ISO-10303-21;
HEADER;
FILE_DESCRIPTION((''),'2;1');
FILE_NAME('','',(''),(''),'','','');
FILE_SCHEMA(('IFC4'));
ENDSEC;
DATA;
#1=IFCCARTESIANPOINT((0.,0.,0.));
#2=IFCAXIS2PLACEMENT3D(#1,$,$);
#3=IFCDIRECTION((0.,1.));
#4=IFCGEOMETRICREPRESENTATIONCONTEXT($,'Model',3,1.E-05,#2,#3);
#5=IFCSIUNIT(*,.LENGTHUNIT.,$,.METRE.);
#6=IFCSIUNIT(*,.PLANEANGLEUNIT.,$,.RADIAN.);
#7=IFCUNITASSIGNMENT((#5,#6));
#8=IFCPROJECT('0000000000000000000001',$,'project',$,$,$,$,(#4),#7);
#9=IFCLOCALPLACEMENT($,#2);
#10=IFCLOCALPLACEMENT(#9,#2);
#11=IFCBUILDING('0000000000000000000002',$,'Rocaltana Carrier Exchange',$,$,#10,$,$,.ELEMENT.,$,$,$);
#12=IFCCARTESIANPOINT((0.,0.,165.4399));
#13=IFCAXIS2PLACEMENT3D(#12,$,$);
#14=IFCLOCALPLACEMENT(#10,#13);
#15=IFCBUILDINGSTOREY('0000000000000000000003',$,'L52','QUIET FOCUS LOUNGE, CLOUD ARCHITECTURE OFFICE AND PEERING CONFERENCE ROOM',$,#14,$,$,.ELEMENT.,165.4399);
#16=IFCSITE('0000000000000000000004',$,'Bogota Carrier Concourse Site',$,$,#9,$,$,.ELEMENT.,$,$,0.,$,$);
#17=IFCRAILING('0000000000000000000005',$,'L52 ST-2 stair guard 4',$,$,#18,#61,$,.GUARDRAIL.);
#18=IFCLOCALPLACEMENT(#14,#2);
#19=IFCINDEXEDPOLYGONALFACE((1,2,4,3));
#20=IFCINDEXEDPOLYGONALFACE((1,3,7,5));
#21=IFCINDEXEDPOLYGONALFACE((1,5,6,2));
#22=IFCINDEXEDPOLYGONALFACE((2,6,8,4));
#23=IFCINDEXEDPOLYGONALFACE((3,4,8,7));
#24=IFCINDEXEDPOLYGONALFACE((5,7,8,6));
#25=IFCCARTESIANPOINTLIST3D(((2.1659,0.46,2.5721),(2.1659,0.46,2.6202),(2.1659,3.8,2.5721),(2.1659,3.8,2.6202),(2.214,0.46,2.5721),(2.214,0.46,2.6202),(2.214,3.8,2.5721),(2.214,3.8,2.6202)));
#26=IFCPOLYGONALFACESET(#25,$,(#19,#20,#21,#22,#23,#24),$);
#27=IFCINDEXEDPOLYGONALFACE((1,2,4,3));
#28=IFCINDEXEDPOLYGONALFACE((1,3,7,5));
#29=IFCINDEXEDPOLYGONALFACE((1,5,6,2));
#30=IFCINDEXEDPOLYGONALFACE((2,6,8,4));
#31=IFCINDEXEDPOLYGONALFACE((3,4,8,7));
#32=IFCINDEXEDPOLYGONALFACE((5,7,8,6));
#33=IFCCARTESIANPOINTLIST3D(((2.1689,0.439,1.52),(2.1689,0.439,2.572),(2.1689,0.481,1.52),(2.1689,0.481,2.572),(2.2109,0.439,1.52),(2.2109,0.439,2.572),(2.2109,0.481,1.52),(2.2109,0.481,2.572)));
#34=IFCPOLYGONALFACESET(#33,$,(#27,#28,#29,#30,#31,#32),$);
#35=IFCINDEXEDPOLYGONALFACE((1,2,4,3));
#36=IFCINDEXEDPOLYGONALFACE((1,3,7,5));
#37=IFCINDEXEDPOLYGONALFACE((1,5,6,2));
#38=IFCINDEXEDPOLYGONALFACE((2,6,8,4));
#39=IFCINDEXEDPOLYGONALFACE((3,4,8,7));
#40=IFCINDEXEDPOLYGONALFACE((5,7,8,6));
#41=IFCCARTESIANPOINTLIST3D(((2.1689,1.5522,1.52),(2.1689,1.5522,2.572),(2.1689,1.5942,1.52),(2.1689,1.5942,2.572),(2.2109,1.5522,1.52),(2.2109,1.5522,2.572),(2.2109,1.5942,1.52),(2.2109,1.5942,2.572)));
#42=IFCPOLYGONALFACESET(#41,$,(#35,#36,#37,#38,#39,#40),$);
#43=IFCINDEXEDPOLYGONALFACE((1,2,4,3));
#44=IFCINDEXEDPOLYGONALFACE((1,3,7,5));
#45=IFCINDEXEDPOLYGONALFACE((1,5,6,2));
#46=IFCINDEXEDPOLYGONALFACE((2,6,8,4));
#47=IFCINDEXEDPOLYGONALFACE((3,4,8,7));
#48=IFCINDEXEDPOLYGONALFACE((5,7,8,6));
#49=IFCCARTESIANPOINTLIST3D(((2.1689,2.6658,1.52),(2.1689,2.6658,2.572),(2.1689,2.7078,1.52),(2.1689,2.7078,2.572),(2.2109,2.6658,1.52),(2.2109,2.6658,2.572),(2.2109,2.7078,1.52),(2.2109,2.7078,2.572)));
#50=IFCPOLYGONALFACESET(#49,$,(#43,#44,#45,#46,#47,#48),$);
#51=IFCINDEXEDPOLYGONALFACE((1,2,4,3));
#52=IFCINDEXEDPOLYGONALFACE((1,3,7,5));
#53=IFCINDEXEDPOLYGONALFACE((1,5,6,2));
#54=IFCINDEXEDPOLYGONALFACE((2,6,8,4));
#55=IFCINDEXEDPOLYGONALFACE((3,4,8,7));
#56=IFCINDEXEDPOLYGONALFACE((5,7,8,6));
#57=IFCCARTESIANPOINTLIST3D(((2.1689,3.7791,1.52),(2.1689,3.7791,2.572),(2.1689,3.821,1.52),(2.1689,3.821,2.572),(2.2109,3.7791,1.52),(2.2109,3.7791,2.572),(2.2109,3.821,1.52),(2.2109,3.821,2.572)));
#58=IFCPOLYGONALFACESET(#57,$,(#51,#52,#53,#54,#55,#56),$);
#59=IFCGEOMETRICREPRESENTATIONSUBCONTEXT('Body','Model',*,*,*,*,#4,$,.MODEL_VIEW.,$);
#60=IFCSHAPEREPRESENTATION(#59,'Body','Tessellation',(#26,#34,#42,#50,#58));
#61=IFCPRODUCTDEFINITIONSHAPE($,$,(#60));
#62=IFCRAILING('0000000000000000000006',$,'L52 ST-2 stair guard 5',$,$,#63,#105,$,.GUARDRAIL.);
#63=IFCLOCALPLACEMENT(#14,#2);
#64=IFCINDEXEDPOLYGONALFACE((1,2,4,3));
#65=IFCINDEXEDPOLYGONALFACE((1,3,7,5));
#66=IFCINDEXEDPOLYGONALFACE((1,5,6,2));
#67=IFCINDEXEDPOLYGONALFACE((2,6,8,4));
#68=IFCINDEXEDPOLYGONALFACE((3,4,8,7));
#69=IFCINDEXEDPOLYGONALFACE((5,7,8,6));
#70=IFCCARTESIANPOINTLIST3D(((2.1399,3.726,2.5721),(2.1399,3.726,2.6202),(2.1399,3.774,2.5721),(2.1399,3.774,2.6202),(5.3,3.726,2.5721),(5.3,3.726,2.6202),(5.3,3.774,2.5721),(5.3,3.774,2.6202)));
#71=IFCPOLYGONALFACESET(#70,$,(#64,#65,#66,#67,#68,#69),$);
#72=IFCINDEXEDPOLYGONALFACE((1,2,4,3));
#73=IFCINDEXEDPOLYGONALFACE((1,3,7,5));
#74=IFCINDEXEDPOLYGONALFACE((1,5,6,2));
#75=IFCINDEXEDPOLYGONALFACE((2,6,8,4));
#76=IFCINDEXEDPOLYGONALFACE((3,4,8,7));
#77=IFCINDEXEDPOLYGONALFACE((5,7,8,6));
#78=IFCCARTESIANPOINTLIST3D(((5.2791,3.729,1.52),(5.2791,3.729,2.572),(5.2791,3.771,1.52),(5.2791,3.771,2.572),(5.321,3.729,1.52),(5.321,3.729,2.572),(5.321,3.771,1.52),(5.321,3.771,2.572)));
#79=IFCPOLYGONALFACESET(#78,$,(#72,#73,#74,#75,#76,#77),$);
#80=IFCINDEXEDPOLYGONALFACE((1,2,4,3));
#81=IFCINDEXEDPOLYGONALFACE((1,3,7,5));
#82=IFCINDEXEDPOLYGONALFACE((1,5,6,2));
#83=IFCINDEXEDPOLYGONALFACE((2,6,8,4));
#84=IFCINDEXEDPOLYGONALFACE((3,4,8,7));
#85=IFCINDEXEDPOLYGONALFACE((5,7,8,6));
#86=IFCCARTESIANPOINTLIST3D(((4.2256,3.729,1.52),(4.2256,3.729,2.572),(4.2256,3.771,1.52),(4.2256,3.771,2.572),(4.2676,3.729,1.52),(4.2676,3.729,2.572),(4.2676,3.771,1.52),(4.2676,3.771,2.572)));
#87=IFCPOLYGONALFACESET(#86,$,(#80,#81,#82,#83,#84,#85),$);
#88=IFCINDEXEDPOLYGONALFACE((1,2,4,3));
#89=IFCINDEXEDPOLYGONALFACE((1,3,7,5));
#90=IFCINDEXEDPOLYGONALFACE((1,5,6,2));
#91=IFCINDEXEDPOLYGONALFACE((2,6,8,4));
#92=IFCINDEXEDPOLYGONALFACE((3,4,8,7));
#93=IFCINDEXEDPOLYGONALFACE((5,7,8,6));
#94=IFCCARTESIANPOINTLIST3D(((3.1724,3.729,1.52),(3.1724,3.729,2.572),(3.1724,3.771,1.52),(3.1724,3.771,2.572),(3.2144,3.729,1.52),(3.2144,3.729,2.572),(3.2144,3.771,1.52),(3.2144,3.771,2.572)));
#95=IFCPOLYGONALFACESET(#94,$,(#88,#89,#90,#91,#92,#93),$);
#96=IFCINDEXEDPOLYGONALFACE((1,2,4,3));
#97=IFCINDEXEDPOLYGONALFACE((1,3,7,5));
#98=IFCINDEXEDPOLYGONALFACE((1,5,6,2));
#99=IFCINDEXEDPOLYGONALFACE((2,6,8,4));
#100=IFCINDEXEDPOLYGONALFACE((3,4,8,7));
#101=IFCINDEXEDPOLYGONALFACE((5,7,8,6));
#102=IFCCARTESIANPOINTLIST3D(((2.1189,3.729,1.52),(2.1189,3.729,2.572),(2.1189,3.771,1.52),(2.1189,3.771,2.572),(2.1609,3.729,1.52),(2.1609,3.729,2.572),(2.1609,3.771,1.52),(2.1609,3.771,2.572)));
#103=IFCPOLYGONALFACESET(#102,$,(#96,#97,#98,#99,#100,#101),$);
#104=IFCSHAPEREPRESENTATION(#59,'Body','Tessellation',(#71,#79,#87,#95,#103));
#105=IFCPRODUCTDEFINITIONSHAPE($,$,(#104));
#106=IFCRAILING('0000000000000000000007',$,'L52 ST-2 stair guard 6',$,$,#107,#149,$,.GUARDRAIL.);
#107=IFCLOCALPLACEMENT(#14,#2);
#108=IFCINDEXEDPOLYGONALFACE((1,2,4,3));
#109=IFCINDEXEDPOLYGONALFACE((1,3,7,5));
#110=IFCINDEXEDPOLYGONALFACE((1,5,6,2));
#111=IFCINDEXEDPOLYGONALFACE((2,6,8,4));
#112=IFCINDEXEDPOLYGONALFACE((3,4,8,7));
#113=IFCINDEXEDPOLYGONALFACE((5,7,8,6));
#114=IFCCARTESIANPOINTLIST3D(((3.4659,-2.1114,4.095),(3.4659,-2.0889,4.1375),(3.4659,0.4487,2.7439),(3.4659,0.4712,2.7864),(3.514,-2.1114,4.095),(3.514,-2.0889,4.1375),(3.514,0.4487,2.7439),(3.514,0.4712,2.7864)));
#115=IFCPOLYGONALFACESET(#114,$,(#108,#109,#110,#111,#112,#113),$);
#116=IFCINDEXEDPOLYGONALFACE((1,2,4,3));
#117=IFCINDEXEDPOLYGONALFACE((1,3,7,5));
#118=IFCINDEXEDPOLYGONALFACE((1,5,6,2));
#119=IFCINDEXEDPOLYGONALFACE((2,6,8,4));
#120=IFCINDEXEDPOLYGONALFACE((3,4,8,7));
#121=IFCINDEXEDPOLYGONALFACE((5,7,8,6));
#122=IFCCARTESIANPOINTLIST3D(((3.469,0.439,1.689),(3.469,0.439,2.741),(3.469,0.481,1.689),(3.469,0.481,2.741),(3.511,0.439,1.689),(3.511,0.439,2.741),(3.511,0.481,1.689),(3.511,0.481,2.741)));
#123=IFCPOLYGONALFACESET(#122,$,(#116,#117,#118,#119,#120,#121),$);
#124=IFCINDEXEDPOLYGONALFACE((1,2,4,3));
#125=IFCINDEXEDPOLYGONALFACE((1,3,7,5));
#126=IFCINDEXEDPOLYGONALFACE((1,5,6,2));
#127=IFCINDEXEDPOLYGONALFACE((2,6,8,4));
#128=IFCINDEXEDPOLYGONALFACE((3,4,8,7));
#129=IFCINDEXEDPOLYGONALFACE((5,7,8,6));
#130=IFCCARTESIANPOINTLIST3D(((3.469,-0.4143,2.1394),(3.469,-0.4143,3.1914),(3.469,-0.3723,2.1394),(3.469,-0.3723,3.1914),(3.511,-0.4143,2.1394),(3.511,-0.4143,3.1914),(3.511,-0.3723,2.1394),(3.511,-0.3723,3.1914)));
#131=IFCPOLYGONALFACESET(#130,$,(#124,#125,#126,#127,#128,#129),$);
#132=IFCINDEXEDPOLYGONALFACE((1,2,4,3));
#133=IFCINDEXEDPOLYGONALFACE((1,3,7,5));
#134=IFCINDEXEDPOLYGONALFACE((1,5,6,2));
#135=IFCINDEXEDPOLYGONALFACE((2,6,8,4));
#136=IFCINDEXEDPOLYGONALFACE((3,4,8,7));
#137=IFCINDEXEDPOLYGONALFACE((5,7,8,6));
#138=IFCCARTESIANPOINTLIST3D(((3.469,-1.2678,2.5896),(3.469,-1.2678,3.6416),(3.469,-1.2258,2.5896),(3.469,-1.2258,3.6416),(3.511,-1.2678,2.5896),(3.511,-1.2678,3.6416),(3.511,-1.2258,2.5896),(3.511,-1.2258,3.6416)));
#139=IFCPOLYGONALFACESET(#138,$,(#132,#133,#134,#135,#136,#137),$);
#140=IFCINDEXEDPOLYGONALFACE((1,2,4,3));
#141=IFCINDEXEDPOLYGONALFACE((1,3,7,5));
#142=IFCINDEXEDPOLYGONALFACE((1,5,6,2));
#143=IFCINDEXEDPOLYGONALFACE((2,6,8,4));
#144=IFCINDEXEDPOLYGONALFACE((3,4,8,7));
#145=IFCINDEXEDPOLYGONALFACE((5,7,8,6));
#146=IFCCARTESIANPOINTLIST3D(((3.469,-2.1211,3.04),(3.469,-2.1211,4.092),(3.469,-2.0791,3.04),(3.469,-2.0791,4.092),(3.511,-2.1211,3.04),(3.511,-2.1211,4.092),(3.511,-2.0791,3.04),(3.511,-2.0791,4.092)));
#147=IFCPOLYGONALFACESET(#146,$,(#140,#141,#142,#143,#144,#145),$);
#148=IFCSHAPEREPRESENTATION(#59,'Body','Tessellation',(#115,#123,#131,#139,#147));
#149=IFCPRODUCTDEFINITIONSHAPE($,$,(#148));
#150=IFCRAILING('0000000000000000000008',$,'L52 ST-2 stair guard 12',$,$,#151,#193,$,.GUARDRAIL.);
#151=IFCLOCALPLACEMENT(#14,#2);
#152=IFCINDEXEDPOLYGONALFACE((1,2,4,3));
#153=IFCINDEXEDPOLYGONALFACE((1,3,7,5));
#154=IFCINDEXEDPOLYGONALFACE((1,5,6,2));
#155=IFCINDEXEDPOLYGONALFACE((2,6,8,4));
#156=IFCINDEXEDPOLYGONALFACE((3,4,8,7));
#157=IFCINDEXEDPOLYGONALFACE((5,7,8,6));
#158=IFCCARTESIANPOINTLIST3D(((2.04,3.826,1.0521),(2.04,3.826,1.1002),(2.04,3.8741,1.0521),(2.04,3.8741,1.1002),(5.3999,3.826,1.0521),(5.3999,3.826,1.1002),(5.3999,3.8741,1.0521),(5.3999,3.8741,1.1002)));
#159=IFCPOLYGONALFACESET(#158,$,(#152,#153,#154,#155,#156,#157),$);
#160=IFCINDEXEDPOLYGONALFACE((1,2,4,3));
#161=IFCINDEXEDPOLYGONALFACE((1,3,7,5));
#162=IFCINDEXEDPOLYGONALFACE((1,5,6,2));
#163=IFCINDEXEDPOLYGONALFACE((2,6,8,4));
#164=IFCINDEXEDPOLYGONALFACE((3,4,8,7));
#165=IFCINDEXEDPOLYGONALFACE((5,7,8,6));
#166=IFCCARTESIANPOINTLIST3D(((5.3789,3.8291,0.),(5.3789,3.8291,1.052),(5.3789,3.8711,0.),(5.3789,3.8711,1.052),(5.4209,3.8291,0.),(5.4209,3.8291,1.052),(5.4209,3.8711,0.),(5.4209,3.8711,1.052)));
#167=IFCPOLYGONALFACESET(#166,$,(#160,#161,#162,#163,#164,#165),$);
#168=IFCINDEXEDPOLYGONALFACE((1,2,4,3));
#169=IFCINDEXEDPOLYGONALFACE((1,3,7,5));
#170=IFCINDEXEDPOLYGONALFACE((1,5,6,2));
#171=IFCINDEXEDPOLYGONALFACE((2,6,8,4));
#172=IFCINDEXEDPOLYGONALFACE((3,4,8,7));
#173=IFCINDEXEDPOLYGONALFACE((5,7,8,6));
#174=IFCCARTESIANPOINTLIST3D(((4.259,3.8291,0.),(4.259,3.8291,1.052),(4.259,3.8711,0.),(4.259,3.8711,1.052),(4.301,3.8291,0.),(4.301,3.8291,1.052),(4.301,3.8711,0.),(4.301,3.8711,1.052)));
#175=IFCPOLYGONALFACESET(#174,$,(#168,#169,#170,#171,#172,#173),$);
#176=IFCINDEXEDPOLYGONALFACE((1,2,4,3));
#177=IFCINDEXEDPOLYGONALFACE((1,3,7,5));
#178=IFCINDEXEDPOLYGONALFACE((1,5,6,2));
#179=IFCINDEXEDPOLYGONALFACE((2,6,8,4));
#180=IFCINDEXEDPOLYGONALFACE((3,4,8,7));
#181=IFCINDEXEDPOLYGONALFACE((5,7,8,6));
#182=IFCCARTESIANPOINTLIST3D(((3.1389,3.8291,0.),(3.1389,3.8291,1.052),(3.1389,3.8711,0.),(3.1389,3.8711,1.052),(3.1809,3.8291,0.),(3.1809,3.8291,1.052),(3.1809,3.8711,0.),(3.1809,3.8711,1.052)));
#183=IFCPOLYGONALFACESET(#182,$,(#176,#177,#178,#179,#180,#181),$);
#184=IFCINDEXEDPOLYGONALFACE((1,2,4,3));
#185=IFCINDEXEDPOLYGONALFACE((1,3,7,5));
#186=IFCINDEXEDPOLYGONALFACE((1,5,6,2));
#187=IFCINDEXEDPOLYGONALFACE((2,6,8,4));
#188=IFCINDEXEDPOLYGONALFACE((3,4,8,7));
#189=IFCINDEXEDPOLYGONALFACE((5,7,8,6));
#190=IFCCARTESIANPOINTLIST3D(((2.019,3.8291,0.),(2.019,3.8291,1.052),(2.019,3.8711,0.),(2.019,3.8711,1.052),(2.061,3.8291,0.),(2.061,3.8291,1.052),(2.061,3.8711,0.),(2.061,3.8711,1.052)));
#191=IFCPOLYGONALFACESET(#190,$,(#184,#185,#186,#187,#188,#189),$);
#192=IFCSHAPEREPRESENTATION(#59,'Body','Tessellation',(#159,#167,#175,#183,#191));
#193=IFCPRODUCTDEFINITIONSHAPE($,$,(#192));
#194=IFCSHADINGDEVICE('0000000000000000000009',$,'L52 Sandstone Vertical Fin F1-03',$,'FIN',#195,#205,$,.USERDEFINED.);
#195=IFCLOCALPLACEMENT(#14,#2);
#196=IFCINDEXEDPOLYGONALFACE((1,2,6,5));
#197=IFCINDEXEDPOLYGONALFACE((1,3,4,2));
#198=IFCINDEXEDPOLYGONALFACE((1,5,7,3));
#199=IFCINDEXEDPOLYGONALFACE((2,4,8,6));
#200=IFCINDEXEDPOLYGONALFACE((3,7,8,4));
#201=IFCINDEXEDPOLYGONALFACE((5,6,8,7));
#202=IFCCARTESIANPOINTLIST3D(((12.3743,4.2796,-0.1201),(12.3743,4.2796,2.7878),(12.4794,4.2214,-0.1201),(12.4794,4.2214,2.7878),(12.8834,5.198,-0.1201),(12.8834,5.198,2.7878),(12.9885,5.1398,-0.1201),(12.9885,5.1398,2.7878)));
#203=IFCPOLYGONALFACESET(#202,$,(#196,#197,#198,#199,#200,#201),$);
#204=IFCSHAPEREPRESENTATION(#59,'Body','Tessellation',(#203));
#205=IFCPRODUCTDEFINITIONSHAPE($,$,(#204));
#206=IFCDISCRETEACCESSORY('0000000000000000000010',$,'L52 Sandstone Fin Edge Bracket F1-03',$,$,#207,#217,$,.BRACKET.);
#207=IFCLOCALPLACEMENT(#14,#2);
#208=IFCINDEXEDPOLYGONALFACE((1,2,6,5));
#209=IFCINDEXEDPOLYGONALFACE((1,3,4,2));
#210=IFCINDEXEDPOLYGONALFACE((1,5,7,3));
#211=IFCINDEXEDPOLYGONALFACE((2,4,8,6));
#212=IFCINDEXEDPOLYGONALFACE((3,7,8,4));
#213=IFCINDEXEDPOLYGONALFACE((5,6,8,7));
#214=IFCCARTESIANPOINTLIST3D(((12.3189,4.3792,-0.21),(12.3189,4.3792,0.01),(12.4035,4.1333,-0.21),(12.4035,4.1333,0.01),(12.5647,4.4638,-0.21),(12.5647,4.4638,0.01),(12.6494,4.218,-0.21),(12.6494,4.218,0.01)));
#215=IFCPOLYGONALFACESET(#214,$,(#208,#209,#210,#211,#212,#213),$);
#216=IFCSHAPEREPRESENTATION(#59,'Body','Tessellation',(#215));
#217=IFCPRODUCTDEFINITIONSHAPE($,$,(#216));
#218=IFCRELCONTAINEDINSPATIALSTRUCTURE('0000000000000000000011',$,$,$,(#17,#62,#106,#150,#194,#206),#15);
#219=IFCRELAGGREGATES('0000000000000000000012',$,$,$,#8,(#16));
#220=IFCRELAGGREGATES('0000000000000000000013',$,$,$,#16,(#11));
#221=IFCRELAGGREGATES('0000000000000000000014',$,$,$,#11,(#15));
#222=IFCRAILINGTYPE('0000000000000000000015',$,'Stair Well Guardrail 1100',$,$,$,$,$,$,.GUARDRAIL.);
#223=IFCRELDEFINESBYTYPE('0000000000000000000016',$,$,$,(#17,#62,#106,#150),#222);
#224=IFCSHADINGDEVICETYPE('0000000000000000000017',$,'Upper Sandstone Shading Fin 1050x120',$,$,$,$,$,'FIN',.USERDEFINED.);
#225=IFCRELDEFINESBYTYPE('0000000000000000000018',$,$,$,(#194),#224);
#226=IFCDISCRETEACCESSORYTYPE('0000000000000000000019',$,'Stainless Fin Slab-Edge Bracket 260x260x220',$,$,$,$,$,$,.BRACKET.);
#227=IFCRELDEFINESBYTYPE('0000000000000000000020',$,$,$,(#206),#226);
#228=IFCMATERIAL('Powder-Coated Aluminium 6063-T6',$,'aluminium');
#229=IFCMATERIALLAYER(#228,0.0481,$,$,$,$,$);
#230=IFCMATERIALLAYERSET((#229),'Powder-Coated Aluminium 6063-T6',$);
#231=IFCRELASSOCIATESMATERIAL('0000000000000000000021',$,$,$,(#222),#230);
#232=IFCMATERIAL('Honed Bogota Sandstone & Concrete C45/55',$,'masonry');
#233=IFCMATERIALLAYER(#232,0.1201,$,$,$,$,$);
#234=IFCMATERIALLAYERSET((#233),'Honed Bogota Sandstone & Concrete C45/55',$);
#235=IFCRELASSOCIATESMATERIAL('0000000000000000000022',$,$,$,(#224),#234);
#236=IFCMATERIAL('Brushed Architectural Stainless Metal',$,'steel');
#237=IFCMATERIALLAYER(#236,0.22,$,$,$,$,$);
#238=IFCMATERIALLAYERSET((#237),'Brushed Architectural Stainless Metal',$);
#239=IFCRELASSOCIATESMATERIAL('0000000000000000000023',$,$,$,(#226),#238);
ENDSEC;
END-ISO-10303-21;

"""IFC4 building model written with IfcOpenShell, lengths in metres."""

from ifc_helpers import new_model, si_unit, direction, frame, origin, origin_2d, place, context, subcontext, project, spatial, rectangle, extrude, material, layer, layer_set, type_object, element, save


model = new_model("IFC4")

# Units and contexts
model_context = context("Model", 3, precision=1e-05, world=origin(), true_north=direction((0.0, 1.0)))
body_context = subcontext(model_context, "Body", "Model", "MODEL_VIEW")
ifc_project = project(units=[si_unit("LENGTHUNIT", "METRE"), si_unit("PLANEANGLEUNIT", "RADIAN")], contexts=[model_context])

# Site, building, storey
site_placement = place(None, origin())
site = spatial("IfcSite", under=ifc_project, at=site_placement, Name="Bogota Carrier Concourse Site", CompositionType="ELEMENT", RefElevation=0.0)
building_placement = place(site_placement, origin())
building = spatial("IfcBuilding", under=site, at=building_placement, Name="Rocaltana Carrier Exchange", CompositionType="ELEMENT")
storey_placement = place(building_placement, frame((0.0, 0.0, 165.4399)))
storey = spatial("IfcBuildingStorey", under=building, at=storey_placement, Name="L52", Description="QUIET FOCUS LOUNGE, CLOUD ARCHITECTURE OFFICE AND PEERING CONFERENCE ROOM", CompositionType="ELEMENT", Elevation=165.4399)

# Railings
ifc_material_1 = material(Name="Powder-Coated Aluminium 6063-T6", Category="aluminium")
ifc_layer_1 = layer(ifc_material_1, 0.0481)
ifc_layer_set_1 = layer_set([ifc_layer_1], Name="Powder-Coated Aluminium 6063-T6")
railing_type_1 = type_object("IfcRailingType", Name="Stair Well Guardrail 1100", PredefinedType="GUARDRAIL", material=ifc_layer_set_1)
for number, where, name in (
    (1, (2.1899, 0.46, 1.52), "L52 ST-2 stair guard 4"),
):
    element("IfcRailing", number, at=place(storey_placement, frame(where)), inside=storey, type_object=railing_type_1, Name=name, PredefinedType="GUARDRAIL", context=body_context, shape_type="SweptSolid", body=[
        extrude(rectangle(XDim=0.0481, YDim=0.0481, at=origin_2d()), frame((0.0, 0.0, 1.0762), z_axis=(0.0, 1.0, 0.0), x_axis=(-1.0, 0.0, 0.0)), (0.0, 0.0, 1.0), 3.3401),
        extrude(rectangle(XDim=0.042, YDim=0.042, at=origin_2d()), origin(), (0.0, 0.0, 1.0), 1.052),
        extrude(rectangle(XDim=0.042, YDim=0.042, at=origin_2d()), frame((0.0, 1.1133, 0.0)), (0.0, 0.0, 1.0), 1.052),
        extrude(rectangle(XDim=0.042, YDim=0.042, at=origin_2d()), frame((0.0, 2.2268, 0.0)), (0.0, 0.0, 1.0), 1.052),
        extrude(rectangle(XDim=0.042, YDim=0.042, at=origin_2d()), frame((0.0, 3.3401, 0.0)), (0.0, 0.0, 1.0), 1.052),
    ])
railing_1_placement = place(storey_placement, frame((5.3, 3.75, 1.52)))
element("IfcRailing", 2, at=railing_1_placement, inside=storey, type_object=railing_type_1, Name="L52 ST-2 stair guard 5", PredefinedType="GUARDRAIL", context=body_context, shape_type="SweptSolid", body=[
    extrude(rectangle(XDim=0.0481, YDim=0.0481, at=origin_2d()), frame((0.0, 0.0, 1.0762), z_axis=(-1.0, 0.0, 0.0), x_axis=(0.0, -1.0, 0.0)), (0.0, 0.0, 1.0), 3.1602),
    extrude(rectangle(XDim=0.042, YDim=0.042, at=origin_2d()), origin(), (0.0, 0.0, 1.0), 1.052),
    extrude(rectangle(XDim=0.042, YDim=0.042, at=origin_2d()), frame((-1.0535, 0.0, 0.0)), (0.0, 0.0, 1.0), 1.052),
    extrude(rectangle(XDim=0.042, YDim=0.042, at=origin_2d()), frame((-2.1067, 0.0, 0.0)), (0.0, 0.0, 1.0), 1.052),
    extrude(rectangle(XDim=0.042, YDim=0.042, at=origin_2d()), frame((-3.1602, 0.0, 0.0)), (0.0, 0.0, 1.0), 1.052),
])
railing_2_placement = place(storey_placement, frame((3.49, 0.46, 1.689)))
element("IfcRailing", 3, at=railing_2_placement, inside=storey, type_object=railing_type_1, Name="L52 ST-2 stair guard 6", PredefinedType="GUARDRAIL", context=body_context, shape_type="SweptSolid", body=[
    extrude(rectangle(XDim=0.0481, YDim=0.0481, at=origin_2d()), frame((0.0, 0.0, 1.0762), z_axis=(0.0, -0.884394, 0.46674), x_axis=(1.0, 0.0, 0.0)), (0.0, 0.0, 1.0), 2.8948),
    extrude(rectangle(XDim=0.042, YDim=0.042, at=origin_2d()), origin(), (0.0, 0.0, 1.0), 1.052),
    extrude(rectangle(XDim=0.042, YDim=0.042, at=origin_2d()), frame((0.0, -0.8533, 0.4504)), (0.0, 0.0, 1.0), 1.052),
    extrude(rectangle(XDim=0.042, YDim=0.042, at=origin_2d()), frame((0.0, -1.7068, 0.9006)), (0.0, 0.0, 1.0), 1.052),
    extrude(rectangle(XDim=0.042, YDim=0.042, at=origin_2d()), frame((0.0, -2.5601, 1.3511)), (0.0, 0.0, 1.0), 1.052),
])
railing_3_placement = place(storey_placement, frame((5.3999, 3.8501, 0.0)))
element("IfcRailing", 4, at=railing_3_placement, inside=storey, type_object=railing_type_1, Name="L52 ST-2 stair guard 12", PredefinedType="GUARDRAIL", context=body_context, shape_type="SweptSolid", body=[
    extrude(rectangle(XDim=0.0481, YDim=0.0481, at=origin_2d()), frame((0.0, 0.0, 1.0762), z_axis=(-1.0, 0.0, 0.0), x_axis=(0.0, -1.0, 0.0)), (0.0, 0.0, 1.0), 3.3599),
    extrude(rectangle(XDim=0.042, YDim=0.042, at=origin_2d()), origin(), (0.0, 0.0, 1.0), 1.052),
    extrude(rectangle(XDim=0.042, YDim=0.042, at=origin_2d()), frame((-1.1199, 0.0, 0.0)), (0.0, 0.0, 1.0), 1.052),
    extrude(rectangle(XDim=0.042, YDim=0.042, at=origin_2d()), frame((-2.24, 0.0, 0.0)), (0.0, 0.0, 1.0), 1.052),
    extrude(rectangle(XDim=0.042, YDim=0.042, at=origin_2d()), frame((-3.3599, 0.0, 0.0)), (0.0, 0.0, 1.0), 1.052),
])

# Shading device
ifc_material_2 = material(Name="Honed Bogota Sandstone & Concrete C45/55", Category="masonry")
ifc_layer_2 = layer(ifc_material_2, 0.1201)
ifc_layer_set_2 = layer_set([ifc_layer_2], Name="Honed Bogota Sandstone & Concrete C45/55")
shading_device_type = type_object("IfcShadingDeviceType", Name="Upper Sandstone Shading Fin 1050x120", ElementType="FIN", PredefinedType="USERDEFINED", material=ifc_layer_set_2)
shading_device_placement = place(storey_placement, frame((12.6814, 4.7097, -0.1201), z_axis=(0.0, 0.0, 1.0), x_axis=(0.48481, 0.87462, 0.0)))
element("IfcShadingDevice", 5, at=shading_device_placement, inside=storey, type_object=shading_device_type, Name="L52 Sandstone Vertical Fin F1-03", ObjectType="FIN", PredefinedType="USERDEFINED", context=body_context, shape_type="SweptSolid", body=[
    extrude(rectangle(XDim=1.05, YDim=0.1201, at=origin_2d()), origin(), (0.0, 0.0, 1.0), 2.908),
])

# Discrete accessory
ifc_material_3 = material(Name="Brushed Architectural Stainless Metal", Category="steel")
ifc_layer_3 = layer(ifc_material_3, 0.22)
ifc_layer_set_3 = layer_set([ifc_layer_3], Name="Brushed Architectural Stainless Metal")
discrete_accessory_type = type_object("IfcDiscreteAccessoryType", Name="Stainless Fin Slab-Edge Bracket 260x260x220", PredefinedType="BRACKET", material=ifc_layer_set_3)
discrete_accessory_placement = place(storey_placement, frame((12.4841, 4.2986, -0.21), z_axis=(0.0, 0.0, 1.0), x_axis=(-0.325568, 0.945519, 0.0)))
element("IfcDiscreteAccessory", 6, at=discrete_accessory_placement, inside=storey, type_object=discrete_accessory_type, Name="L52 Sandstone Fin Edge Bracket F1-03", PredefinedType="BRACKET", context=body_context, shape_type="SweptSolid", body=[
    extrude(rectangle(XDim=0.26, YDim=0.26, at=origin_2d()), origin(), (0.0, 0.0, 1.0), 0.22),
])

save(model, "model.ifc")
